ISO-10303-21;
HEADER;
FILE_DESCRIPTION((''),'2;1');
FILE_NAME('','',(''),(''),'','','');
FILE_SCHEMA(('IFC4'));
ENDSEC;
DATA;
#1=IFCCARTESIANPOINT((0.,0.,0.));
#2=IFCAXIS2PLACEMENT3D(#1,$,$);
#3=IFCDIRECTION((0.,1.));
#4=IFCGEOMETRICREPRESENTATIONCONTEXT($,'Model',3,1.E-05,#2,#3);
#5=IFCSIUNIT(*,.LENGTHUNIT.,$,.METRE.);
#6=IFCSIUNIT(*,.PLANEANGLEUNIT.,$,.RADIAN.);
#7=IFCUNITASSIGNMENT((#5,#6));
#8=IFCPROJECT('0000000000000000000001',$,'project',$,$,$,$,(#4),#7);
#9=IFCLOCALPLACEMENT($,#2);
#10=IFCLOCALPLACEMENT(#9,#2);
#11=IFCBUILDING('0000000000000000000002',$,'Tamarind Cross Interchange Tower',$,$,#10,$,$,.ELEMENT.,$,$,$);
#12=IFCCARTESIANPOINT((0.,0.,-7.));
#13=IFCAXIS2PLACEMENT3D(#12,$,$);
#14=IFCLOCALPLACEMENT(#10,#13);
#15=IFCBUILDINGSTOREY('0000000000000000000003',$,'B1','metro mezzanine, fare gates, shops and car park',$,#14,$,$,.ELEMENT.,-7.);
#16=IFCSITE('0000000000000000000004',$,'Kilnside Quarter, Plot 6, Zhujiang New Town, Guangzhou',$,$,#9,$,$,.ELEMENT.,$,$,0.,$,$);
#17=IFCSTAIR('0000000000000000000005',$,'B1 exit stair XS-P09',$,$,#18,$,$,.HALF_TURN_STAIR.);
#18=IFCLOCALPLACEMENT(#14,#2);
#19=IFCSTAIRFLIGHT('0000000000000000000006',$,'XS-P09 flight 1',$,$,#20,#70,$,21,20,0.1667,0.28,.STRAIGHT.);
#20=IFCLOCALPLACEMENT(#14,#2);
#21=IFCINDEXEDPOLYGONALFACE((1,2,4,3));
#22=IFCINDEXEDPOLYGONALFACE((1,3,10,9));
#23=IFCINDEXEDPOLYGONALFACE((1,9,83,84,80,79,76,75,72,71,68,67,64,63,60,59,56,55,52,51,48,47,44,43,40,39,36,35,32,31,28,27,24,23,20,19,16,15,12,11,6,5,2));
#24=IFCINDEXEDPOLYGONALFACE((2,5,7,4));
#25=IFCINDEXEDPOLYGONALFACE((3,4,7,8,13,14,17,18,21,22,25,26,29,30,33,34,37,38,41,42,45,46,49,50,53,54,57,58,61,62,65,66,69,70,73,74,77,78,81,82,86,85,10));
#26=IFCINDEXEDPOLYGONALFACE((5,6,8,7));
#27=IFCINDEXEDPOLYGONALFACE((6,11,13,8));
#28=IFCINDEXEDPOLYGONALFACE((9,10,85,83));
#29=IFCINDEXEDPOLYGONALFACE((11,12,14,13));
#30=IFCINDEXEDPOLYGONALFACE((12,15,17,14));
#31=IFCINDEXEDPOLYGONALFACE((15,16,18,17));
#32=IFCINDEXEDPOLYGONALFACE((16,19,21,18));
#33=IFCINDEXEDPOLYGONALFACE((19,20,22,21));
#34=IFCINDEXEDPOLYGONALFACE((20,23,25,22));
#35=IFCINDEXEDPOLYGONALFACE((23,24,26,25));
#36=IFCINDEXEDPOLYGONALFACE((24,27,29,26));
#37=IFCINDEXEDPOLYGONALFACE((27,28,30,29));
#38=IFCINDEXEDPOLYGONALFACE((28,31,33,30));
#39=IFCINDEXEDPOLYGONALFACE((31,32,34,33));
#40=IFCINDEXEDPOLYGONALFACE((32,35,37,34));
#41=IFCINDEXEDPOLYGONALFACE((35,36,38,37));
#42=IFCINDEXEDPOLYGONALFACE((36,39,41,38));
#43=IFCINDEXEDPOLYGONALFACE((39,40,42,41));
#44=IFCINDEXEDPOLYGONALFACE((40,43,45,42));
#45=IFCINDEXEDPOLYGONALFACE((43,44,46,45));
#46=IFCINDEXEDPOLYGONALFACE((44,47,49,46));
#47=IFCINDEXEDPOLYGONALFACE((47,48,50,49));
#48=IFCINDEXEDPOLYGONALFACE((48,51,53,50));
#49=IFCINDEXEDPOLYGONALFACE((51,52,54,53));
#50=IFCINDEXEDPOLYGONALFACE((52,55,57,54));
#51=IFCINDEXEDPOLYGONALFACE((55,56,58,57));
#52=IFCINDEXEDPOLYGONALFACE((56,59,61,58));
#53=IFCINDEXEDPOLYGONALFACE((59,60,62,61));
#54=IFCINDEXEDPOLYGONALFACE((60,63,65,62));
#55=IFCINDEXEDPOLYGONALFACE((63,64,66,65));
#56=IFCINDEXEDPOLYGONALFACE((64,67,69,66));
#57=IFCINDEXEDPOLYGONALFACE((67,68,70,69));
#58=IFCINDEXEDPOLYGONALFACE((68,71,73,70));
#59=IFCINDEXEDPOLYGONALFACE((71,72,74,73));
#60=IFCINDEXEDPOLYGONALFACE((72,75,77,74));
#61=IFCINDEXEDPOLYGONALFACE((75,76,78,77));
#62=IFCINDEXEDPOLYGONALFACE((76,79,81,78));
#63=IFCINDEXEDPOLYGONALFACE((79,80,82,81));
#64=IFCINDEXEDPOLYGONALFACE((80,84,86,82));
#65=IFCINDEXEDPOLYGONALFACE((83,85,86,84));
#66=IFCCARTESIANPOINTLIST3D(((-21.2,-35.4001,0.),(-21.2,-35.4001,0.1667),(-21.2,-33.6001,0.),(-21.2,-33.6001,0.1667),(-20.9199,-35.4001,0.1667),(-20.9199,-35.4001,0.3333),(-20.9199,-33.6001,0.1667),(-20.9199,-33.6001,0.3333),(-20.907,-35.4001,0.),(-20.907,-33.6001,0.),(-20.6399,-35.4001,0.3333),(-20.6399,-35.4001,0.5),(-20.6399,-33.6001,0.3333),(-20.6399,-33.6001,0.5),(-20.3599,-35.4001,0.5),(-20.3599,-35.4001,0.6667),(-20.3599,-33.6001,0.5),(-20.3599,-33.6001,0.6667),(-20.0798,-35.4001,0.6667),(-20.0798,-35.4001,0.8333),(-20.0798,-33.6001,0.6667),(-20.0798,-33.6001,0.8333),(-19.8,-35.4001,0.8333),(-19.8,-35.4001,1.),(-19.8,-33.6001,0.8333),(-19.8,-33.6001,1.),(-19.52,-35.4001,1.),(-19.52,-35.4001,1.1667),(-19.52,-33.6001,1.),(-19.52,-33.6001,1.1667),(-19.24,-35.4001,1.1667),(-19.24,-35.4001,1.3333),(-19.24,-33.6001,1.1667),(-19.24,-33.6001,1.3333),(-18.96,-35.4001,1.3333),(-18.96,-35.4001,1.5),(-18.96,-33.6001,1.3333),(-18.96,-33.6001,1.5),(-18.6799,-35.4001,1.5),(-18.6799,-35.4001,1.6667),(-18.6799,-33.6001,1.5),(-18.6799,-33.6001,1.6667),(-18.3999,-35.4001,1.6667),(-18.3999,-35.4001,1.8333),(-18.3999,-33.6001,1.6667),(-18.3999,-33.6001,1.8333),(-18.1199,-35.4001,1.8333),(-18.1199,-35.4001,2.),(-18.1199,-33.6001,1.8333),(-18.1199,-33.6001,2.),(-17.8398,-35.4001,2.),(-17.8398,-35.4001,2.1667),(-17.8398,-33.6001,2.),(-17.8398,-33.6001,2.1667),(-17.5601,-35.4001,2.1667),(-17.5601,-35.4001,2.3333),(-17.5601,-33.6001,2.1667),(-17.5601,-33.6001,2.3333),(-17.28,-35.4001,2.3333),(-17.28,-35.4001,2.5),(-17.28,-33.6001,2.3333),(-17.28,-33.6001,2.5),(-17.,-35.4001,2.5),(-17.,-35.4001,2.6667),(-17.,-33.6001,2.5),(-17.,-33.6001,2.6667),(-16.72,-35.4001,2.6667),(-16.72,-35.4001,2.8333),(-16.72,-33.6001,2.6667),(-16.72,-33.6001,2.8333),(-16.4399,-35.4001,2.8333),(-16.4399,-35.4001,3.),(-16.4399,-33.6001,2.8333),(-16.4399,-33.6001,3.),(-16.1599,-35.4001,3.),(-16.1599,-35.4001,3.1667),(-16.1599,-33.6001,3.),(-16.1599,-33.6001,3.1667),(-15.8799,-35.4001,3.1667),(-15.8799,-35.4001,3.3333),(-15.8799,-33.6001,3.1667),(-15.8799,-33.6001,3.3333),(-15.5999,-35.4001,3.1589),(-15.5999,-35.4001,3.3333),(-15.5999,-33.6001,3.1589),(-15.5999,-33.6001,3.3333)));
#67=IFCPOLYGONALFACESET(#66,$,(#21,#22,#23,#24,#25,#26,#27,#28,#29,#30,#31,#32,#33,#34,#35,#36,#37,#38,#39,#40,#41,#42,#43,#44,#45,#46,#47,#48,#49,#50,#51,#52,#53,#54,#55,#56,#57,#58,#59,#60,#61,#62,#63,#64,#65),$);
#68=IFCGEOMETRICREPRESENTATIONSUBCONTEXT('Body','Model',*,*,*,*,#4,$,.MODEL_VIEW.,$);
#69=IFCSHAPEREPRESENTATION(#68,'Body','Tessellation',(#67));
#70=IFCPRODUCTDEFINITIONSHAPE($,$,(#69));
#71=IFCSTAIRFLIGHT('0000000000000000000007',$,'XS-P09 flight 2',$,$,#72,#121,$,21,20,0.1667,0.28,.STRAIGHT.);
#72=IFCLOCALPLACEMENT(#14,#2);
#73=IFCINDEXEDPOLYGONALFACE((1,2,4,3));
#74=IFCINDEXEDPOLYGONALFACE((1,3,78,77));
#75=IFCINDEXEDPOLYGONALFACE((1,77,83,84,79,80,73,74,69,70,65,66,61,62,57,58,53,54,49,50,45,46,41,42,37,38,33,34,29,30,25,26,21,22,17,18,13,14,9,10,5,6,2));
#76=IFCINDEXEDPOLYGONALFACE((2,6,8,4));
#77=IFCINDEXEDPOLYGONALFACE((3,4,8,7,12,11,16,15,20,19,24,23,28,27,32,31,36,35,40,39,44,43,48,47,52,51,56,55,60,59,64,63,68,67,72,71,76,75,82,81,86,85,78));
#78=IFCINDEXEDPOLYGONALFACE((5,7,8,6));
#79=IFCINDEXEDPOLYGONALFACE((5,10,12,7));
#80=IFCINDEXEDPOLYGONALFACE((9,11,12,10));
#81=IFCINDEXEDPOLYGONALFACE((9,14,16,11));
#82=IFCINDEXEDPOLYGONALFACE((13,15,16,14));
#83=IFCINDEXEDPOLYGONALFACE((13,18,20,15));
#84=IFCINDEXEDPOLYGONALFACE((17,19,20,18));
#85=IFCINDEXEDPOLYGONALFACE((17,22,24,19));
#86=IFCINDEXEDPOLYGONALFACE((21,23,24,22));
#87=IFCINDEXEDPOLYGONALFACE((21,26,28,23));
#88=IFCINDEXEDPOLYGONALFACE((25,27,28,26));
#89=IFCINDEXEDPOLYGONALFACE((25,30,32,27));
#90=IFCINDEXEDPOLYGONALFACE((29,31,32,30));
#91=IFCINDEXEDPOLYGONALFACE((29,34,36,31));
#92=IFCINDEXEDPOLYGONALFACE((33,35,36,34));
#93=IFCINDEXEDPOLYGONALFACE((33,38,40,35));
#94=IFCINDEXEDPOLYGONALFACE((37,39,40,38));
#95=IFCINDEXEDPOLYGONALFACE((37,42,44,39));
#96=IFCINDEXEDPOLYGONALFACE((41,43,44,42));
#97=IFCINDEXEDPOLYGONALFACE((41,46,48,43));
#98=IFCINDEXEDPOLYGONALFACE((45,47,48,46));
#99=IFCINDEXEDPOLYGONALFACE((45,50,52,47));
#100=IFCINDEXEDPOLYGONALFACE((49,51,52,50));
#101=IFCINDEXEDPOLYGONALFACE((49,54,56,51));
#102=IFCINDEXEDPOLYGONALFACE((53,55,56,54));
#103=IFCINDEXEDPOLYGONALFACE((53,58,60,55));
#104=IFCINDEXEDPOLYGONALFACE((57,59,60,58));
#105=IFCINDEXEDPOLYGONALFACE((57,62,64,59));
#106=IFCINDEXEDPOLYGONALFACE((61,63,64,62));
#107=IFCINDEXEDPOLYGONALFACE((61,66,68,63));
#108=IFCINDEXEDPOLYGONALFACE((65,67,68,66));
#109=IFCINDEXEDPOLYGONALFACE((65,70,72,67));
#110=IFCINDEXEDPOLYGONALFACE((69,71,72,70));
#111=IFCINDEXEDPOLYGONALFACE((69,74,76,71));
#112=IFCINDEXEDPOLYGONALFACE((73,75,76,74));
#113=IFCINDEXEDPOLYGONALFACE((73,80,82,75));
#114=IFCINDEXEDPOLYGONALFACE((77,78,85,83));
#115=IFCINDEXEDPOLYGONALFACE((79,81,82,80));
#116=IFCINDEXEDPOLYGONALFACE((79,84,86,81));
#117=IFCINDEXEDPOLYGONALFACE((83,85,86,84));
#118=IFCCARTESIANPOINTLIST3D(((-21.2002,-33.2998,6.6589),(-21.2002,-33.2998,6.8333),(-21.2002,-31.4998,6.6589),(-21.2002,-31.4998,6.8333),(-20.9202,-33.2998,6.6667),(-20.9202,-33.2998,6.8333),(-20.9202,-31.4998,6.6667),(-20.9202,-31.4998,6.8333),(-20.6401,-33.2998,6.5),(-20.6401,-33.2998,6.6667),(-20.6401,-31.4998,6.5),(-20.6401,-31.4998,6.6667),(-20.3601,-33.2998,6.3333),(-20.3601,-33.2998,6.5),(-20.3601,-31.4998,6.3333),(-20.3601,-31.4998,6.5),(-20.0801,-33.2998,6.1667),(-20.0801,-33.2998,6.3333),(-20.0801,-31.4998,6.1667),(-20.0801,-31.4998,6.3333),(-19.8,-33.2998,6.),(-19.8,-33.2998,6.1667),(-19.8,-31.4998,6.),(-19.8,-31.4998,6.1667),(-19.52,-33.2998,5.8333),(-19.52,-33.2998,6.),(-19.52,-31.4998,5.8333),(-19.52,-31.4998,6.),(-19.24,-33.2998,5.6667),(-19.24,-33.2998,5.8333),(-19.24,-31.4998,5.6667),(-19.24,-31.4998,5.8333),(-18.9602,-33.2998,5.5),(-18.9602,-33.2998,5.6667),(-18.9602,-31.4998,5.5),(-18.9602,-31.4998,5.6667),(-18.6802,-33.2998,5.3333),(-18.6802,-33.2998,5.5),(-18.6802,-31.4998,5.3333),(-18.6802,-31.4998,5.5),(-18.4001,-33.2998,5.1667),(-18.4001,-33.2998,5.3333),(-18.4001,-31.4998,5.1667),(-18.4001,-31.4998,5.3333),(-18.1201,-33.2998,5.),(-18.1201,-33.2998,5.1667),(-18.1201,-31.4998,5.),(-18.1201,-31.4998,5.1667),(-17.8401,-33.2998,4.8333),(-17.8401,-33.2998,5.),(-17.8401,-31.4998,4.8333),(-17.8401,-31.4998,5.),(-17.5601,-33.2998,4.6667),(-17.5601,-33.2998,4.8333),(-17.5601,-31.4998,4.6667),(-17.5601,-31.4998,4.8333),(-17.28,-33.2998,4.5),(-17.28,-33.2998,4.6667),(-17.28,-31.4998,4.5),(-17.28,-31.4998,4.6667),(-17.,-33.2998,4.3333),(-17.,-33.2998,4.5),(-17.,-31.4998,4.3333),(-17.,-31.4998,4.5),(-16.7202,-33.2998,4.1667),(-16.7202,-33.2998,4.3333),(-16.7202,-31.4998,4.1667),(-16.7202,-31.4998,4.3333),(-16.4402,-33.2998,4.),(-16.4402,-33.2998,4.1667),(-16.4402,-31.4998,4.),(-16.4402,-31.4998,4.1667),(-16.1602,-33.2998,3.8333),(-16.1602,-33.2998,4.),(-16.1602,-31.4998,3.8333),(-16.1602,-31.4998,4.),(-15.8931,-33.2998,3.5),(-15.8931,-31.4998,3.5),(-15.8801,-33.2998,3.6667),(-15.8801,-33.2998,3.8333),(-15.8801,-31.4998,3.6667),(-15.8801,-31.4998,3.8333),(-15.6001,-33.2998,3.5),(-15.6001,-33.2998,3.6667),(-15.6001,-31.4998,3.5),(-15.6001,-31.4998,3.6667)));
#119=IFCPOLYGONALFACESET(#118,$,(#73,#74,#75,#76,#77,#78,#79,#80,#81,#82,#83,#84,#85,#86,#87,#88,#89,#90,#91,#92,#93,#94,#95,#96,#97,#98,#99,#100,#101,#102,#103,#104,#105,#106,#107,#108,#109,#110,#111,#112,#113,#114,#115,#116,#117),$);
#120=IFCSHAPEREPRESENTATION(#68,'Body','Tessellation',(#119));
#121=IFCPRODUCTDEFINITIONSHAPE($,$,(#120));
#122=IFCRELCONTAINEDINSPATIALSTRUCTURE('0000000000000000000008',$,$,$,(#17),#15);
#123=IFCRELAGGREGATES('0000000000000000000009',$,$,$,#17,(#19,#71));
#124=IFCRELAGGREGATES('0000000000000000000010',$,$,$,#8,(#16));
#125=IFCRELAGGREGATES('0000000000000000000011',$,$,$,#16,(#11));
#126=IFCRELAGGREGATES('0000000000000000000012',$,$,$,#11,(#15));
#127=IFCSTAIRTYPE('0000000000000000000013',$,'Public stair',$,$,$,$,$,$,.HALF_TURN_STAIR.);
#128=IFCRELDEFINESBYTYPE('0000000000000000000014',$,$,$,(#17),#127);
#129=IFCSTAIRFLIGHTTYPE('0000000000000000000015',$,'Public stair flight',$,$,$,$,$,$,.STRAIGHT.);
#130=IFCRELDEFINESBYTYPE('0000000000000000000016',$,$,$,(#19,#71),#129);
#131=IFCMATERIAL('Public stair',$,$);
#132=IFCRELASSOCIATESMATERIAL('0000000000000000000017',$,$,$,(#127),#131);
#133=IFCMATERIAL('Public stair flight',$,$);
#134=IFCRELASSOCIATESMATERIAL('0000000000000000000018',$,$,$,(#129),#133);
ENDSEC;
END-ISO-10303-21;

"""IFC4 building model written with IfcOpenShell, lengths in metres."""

from ifc_helpers import new_model, si_unit, direction, frame, origin, place, context, subcontext, project, spatial, polyline, outline, extrude, material, type_object, element, aggregate, save


model = new_model("IFC4")

# Units and contexts
model_context = context("Model", 3, precision=1e-05, world=origin(), true_north=direction((0.0, 1.0)))
body_context = subcontext(model_context, "Body", "Model", "MODEL_VIEW")
ifc_project = project(units=[si_unit("LENGTHUNIT", "METRE"), si_unit("PLANEANGLEUNIT", "RADIAN")], contexts=[model_context])

# Site, building, storey
site_placement = place(None, origin())
site = spatial("IfcSite", under=ifc_project, at=site_placement, Name="Kilnside Quarter, Plot 6, Zhujiang New Town, Guangzhou", CompositionType="ELEMENT", RefElevation=0.0)
building_placement = place(site_placement, origin())
building = spatial("IfcBuilding", under=site, at=building_placement, Name="Tamarind Cross Interchange Tower", CompositionType="ELEMENT")
storey_placement = place(building_placement, frame((0.0, 0.0, -7.0)))
storey = spatial("IfcBuildingStorey", under=building, at=storey_placement, Name="B1", Description="metro mezzanine, fare gates, shops and car park", CompositionType="ELEMENT", Elevation=-7.0)

# Shared definitions
ifc_material_1 = material(Name="Public stair")
stair_type_1 = type_object("IfcStairType", Name="Public stair", PredefinedType="HALF_TURN_STAIR", material=ifc_material_1)
ifc_material_2 = material(Name="Public stair flight")
stair_flight_type_1 = type_object("IfcStairFlightType", Name="Public stair flight", PredefinedType="STRAIGHT", material=ifc_material_2)

# Stair, stair flights
stair_1_placement = place(storey_placement, origin())
stair_1 = element("IfcStair", 1, at=stair_1_placement, inside=storey, type_object=stair_type_1, Name="B1 exit stair XS-P09", PredefinedType="HALF_TURN_STAIR")
stair_flight_1_placement = place(storey_placement, frame((-21.2, -34.5, 0.0), z_axis=(0.0, 0.0, 1.0), x_axis=(1.0, 0.0, 0.0)))
stair_flight_1 = element("IfcStairFlight", 2, at=stair_flight_1_placement, type_object=stair_flight_type_1, Name="XS-P09 flight 1", NumberOfRisers=21, NumberOfTreads=20, PredefinedType="STRAIGHT", RiserHeight=0.1667, TreadLength=0.28, context=body_context, shape_type="SweptSolid", body=[
    extrude(outline(polyline([(0.0, 0.0), (0.0, 0.1667), (0.28, 0.1667), (0.28, 0.3333), (0.5601, 0.3333), (0.5601, 0.5), (0.8401, 0.5), (0.8401, 0.6667), (1.1201, 0.6667), (1.1201, 0.8333), (1.3999, 0.8333), (1.3999, 1.0), (1.6799, 1.0), (1.6799, 1.1667), (1.96, 1.1667), (1.96, 1.3333), (2.24, 1.3333), (2.24, 1.5), (2.52, 1.5), (2.52, 1.6667), (2.8, 1.6667), (2.8, 1.8333), (3.0801, 1.8333), (3.0801, 2.0), (3.3601, 2.0), (3.3601, 2.1667), (3.6399, 2.1667), (3.6399, 2.3333), (3.9199, 2.3333), (3.9199, 2.5), (4.2, 2.5), (4.2, 2.6667), (4.48, 2.6667), (4.48, 2.8333), (4.76, 2.8333), (4.76, 3.0), (5.04, 3.0), (5.04, 3.1667), (5.3201, 3.1667), (5.3201, 3.3333), (5.6001, 3.3333), (5.6001, 3.5), (5.6001, 3.1589), (0.293, 0.0), (0.0, 0.0)])), frame((0.0, 0.8999, 0.0), z_axis=(0.0, -1.0, 0.0), x_axis=(1.0, 0.0, 0.0)), (0.0, 0.0, 1.0), 1.8),
])
stair_flight_2_placement = place(storey_placement, frame((-15.6001, -32.3999, 3.5), z_axis=(0.0, 0.0, 1.0), x_axis=(-1.0, 0.0, 0.0)))
stair_flight_2 = element("IfcStairFlight", 3, at=stair_flight_2_placement, type_object=stair_flight_type_1, Name="XS-P09 flight 2", NumberOfRisers=21, NumberOfTreads=20, PredefinedType="STRAIGHT", RiserHeight=0.1667, TreadLength=0.28, context=body_context, shape_type="SweptSolid", body=[
    extrude(outline(polyline([(0.0, 0.0), (0.0, 0.1667), (0.28, 0.1667), (0.28, 0.3333), (0.5601, 0.3333), (0.5601, 0.5), (0.8401, 0.5), (0.8401, 0.6667), (1.1201, 0.6667), (1.1201, 0.8333), (1.3999, 0.8333), (1.3999, 1.0), (1.6799, 1.0), (1.6799, 1.1667), (1.96, 1.1667), (1.96, 1.3333), (2.24, 1.3333), (2.24, 1.5), (2.52, 1.5), (2.52, 1.6667), (2.8, 1.6667), (2.8, 1.8333), (3.0801, 1.8333), (3.0801, 2.0), (3.3601, 2.0), (3.3601, 2.1667), (3.6399, 2.1667), (3.6399, 2.3333), (3.9199, 2.3333), (3.9199, 2.5), (4.2, 2.5), (4.2, 2.6667), (4.48, 2.6667), (4.48, 2.8333), (4.76, 2.8333), (4.76, 3.0), (5.04, 3.0), (5.04, 3.1667), (5.3201, 3.1667), (5.3201, 3.3333), (5.6001, 3.3333), (5.6001, 3.5), (5.6001, 3.1589), (0.293, 0.0), (0.0, 0.0)])), frame((0.0, 0.8999, 0.0), z_axis=(0.0, -1.0, 0.0), x_axis=(1.0, 0.0, 0.0)), (0.0, 0.0, 1.0), 1.8),
])
aggregate(stair_1, [stair_flight_1, stair_flight_2])

save(model, "model.ifc")
